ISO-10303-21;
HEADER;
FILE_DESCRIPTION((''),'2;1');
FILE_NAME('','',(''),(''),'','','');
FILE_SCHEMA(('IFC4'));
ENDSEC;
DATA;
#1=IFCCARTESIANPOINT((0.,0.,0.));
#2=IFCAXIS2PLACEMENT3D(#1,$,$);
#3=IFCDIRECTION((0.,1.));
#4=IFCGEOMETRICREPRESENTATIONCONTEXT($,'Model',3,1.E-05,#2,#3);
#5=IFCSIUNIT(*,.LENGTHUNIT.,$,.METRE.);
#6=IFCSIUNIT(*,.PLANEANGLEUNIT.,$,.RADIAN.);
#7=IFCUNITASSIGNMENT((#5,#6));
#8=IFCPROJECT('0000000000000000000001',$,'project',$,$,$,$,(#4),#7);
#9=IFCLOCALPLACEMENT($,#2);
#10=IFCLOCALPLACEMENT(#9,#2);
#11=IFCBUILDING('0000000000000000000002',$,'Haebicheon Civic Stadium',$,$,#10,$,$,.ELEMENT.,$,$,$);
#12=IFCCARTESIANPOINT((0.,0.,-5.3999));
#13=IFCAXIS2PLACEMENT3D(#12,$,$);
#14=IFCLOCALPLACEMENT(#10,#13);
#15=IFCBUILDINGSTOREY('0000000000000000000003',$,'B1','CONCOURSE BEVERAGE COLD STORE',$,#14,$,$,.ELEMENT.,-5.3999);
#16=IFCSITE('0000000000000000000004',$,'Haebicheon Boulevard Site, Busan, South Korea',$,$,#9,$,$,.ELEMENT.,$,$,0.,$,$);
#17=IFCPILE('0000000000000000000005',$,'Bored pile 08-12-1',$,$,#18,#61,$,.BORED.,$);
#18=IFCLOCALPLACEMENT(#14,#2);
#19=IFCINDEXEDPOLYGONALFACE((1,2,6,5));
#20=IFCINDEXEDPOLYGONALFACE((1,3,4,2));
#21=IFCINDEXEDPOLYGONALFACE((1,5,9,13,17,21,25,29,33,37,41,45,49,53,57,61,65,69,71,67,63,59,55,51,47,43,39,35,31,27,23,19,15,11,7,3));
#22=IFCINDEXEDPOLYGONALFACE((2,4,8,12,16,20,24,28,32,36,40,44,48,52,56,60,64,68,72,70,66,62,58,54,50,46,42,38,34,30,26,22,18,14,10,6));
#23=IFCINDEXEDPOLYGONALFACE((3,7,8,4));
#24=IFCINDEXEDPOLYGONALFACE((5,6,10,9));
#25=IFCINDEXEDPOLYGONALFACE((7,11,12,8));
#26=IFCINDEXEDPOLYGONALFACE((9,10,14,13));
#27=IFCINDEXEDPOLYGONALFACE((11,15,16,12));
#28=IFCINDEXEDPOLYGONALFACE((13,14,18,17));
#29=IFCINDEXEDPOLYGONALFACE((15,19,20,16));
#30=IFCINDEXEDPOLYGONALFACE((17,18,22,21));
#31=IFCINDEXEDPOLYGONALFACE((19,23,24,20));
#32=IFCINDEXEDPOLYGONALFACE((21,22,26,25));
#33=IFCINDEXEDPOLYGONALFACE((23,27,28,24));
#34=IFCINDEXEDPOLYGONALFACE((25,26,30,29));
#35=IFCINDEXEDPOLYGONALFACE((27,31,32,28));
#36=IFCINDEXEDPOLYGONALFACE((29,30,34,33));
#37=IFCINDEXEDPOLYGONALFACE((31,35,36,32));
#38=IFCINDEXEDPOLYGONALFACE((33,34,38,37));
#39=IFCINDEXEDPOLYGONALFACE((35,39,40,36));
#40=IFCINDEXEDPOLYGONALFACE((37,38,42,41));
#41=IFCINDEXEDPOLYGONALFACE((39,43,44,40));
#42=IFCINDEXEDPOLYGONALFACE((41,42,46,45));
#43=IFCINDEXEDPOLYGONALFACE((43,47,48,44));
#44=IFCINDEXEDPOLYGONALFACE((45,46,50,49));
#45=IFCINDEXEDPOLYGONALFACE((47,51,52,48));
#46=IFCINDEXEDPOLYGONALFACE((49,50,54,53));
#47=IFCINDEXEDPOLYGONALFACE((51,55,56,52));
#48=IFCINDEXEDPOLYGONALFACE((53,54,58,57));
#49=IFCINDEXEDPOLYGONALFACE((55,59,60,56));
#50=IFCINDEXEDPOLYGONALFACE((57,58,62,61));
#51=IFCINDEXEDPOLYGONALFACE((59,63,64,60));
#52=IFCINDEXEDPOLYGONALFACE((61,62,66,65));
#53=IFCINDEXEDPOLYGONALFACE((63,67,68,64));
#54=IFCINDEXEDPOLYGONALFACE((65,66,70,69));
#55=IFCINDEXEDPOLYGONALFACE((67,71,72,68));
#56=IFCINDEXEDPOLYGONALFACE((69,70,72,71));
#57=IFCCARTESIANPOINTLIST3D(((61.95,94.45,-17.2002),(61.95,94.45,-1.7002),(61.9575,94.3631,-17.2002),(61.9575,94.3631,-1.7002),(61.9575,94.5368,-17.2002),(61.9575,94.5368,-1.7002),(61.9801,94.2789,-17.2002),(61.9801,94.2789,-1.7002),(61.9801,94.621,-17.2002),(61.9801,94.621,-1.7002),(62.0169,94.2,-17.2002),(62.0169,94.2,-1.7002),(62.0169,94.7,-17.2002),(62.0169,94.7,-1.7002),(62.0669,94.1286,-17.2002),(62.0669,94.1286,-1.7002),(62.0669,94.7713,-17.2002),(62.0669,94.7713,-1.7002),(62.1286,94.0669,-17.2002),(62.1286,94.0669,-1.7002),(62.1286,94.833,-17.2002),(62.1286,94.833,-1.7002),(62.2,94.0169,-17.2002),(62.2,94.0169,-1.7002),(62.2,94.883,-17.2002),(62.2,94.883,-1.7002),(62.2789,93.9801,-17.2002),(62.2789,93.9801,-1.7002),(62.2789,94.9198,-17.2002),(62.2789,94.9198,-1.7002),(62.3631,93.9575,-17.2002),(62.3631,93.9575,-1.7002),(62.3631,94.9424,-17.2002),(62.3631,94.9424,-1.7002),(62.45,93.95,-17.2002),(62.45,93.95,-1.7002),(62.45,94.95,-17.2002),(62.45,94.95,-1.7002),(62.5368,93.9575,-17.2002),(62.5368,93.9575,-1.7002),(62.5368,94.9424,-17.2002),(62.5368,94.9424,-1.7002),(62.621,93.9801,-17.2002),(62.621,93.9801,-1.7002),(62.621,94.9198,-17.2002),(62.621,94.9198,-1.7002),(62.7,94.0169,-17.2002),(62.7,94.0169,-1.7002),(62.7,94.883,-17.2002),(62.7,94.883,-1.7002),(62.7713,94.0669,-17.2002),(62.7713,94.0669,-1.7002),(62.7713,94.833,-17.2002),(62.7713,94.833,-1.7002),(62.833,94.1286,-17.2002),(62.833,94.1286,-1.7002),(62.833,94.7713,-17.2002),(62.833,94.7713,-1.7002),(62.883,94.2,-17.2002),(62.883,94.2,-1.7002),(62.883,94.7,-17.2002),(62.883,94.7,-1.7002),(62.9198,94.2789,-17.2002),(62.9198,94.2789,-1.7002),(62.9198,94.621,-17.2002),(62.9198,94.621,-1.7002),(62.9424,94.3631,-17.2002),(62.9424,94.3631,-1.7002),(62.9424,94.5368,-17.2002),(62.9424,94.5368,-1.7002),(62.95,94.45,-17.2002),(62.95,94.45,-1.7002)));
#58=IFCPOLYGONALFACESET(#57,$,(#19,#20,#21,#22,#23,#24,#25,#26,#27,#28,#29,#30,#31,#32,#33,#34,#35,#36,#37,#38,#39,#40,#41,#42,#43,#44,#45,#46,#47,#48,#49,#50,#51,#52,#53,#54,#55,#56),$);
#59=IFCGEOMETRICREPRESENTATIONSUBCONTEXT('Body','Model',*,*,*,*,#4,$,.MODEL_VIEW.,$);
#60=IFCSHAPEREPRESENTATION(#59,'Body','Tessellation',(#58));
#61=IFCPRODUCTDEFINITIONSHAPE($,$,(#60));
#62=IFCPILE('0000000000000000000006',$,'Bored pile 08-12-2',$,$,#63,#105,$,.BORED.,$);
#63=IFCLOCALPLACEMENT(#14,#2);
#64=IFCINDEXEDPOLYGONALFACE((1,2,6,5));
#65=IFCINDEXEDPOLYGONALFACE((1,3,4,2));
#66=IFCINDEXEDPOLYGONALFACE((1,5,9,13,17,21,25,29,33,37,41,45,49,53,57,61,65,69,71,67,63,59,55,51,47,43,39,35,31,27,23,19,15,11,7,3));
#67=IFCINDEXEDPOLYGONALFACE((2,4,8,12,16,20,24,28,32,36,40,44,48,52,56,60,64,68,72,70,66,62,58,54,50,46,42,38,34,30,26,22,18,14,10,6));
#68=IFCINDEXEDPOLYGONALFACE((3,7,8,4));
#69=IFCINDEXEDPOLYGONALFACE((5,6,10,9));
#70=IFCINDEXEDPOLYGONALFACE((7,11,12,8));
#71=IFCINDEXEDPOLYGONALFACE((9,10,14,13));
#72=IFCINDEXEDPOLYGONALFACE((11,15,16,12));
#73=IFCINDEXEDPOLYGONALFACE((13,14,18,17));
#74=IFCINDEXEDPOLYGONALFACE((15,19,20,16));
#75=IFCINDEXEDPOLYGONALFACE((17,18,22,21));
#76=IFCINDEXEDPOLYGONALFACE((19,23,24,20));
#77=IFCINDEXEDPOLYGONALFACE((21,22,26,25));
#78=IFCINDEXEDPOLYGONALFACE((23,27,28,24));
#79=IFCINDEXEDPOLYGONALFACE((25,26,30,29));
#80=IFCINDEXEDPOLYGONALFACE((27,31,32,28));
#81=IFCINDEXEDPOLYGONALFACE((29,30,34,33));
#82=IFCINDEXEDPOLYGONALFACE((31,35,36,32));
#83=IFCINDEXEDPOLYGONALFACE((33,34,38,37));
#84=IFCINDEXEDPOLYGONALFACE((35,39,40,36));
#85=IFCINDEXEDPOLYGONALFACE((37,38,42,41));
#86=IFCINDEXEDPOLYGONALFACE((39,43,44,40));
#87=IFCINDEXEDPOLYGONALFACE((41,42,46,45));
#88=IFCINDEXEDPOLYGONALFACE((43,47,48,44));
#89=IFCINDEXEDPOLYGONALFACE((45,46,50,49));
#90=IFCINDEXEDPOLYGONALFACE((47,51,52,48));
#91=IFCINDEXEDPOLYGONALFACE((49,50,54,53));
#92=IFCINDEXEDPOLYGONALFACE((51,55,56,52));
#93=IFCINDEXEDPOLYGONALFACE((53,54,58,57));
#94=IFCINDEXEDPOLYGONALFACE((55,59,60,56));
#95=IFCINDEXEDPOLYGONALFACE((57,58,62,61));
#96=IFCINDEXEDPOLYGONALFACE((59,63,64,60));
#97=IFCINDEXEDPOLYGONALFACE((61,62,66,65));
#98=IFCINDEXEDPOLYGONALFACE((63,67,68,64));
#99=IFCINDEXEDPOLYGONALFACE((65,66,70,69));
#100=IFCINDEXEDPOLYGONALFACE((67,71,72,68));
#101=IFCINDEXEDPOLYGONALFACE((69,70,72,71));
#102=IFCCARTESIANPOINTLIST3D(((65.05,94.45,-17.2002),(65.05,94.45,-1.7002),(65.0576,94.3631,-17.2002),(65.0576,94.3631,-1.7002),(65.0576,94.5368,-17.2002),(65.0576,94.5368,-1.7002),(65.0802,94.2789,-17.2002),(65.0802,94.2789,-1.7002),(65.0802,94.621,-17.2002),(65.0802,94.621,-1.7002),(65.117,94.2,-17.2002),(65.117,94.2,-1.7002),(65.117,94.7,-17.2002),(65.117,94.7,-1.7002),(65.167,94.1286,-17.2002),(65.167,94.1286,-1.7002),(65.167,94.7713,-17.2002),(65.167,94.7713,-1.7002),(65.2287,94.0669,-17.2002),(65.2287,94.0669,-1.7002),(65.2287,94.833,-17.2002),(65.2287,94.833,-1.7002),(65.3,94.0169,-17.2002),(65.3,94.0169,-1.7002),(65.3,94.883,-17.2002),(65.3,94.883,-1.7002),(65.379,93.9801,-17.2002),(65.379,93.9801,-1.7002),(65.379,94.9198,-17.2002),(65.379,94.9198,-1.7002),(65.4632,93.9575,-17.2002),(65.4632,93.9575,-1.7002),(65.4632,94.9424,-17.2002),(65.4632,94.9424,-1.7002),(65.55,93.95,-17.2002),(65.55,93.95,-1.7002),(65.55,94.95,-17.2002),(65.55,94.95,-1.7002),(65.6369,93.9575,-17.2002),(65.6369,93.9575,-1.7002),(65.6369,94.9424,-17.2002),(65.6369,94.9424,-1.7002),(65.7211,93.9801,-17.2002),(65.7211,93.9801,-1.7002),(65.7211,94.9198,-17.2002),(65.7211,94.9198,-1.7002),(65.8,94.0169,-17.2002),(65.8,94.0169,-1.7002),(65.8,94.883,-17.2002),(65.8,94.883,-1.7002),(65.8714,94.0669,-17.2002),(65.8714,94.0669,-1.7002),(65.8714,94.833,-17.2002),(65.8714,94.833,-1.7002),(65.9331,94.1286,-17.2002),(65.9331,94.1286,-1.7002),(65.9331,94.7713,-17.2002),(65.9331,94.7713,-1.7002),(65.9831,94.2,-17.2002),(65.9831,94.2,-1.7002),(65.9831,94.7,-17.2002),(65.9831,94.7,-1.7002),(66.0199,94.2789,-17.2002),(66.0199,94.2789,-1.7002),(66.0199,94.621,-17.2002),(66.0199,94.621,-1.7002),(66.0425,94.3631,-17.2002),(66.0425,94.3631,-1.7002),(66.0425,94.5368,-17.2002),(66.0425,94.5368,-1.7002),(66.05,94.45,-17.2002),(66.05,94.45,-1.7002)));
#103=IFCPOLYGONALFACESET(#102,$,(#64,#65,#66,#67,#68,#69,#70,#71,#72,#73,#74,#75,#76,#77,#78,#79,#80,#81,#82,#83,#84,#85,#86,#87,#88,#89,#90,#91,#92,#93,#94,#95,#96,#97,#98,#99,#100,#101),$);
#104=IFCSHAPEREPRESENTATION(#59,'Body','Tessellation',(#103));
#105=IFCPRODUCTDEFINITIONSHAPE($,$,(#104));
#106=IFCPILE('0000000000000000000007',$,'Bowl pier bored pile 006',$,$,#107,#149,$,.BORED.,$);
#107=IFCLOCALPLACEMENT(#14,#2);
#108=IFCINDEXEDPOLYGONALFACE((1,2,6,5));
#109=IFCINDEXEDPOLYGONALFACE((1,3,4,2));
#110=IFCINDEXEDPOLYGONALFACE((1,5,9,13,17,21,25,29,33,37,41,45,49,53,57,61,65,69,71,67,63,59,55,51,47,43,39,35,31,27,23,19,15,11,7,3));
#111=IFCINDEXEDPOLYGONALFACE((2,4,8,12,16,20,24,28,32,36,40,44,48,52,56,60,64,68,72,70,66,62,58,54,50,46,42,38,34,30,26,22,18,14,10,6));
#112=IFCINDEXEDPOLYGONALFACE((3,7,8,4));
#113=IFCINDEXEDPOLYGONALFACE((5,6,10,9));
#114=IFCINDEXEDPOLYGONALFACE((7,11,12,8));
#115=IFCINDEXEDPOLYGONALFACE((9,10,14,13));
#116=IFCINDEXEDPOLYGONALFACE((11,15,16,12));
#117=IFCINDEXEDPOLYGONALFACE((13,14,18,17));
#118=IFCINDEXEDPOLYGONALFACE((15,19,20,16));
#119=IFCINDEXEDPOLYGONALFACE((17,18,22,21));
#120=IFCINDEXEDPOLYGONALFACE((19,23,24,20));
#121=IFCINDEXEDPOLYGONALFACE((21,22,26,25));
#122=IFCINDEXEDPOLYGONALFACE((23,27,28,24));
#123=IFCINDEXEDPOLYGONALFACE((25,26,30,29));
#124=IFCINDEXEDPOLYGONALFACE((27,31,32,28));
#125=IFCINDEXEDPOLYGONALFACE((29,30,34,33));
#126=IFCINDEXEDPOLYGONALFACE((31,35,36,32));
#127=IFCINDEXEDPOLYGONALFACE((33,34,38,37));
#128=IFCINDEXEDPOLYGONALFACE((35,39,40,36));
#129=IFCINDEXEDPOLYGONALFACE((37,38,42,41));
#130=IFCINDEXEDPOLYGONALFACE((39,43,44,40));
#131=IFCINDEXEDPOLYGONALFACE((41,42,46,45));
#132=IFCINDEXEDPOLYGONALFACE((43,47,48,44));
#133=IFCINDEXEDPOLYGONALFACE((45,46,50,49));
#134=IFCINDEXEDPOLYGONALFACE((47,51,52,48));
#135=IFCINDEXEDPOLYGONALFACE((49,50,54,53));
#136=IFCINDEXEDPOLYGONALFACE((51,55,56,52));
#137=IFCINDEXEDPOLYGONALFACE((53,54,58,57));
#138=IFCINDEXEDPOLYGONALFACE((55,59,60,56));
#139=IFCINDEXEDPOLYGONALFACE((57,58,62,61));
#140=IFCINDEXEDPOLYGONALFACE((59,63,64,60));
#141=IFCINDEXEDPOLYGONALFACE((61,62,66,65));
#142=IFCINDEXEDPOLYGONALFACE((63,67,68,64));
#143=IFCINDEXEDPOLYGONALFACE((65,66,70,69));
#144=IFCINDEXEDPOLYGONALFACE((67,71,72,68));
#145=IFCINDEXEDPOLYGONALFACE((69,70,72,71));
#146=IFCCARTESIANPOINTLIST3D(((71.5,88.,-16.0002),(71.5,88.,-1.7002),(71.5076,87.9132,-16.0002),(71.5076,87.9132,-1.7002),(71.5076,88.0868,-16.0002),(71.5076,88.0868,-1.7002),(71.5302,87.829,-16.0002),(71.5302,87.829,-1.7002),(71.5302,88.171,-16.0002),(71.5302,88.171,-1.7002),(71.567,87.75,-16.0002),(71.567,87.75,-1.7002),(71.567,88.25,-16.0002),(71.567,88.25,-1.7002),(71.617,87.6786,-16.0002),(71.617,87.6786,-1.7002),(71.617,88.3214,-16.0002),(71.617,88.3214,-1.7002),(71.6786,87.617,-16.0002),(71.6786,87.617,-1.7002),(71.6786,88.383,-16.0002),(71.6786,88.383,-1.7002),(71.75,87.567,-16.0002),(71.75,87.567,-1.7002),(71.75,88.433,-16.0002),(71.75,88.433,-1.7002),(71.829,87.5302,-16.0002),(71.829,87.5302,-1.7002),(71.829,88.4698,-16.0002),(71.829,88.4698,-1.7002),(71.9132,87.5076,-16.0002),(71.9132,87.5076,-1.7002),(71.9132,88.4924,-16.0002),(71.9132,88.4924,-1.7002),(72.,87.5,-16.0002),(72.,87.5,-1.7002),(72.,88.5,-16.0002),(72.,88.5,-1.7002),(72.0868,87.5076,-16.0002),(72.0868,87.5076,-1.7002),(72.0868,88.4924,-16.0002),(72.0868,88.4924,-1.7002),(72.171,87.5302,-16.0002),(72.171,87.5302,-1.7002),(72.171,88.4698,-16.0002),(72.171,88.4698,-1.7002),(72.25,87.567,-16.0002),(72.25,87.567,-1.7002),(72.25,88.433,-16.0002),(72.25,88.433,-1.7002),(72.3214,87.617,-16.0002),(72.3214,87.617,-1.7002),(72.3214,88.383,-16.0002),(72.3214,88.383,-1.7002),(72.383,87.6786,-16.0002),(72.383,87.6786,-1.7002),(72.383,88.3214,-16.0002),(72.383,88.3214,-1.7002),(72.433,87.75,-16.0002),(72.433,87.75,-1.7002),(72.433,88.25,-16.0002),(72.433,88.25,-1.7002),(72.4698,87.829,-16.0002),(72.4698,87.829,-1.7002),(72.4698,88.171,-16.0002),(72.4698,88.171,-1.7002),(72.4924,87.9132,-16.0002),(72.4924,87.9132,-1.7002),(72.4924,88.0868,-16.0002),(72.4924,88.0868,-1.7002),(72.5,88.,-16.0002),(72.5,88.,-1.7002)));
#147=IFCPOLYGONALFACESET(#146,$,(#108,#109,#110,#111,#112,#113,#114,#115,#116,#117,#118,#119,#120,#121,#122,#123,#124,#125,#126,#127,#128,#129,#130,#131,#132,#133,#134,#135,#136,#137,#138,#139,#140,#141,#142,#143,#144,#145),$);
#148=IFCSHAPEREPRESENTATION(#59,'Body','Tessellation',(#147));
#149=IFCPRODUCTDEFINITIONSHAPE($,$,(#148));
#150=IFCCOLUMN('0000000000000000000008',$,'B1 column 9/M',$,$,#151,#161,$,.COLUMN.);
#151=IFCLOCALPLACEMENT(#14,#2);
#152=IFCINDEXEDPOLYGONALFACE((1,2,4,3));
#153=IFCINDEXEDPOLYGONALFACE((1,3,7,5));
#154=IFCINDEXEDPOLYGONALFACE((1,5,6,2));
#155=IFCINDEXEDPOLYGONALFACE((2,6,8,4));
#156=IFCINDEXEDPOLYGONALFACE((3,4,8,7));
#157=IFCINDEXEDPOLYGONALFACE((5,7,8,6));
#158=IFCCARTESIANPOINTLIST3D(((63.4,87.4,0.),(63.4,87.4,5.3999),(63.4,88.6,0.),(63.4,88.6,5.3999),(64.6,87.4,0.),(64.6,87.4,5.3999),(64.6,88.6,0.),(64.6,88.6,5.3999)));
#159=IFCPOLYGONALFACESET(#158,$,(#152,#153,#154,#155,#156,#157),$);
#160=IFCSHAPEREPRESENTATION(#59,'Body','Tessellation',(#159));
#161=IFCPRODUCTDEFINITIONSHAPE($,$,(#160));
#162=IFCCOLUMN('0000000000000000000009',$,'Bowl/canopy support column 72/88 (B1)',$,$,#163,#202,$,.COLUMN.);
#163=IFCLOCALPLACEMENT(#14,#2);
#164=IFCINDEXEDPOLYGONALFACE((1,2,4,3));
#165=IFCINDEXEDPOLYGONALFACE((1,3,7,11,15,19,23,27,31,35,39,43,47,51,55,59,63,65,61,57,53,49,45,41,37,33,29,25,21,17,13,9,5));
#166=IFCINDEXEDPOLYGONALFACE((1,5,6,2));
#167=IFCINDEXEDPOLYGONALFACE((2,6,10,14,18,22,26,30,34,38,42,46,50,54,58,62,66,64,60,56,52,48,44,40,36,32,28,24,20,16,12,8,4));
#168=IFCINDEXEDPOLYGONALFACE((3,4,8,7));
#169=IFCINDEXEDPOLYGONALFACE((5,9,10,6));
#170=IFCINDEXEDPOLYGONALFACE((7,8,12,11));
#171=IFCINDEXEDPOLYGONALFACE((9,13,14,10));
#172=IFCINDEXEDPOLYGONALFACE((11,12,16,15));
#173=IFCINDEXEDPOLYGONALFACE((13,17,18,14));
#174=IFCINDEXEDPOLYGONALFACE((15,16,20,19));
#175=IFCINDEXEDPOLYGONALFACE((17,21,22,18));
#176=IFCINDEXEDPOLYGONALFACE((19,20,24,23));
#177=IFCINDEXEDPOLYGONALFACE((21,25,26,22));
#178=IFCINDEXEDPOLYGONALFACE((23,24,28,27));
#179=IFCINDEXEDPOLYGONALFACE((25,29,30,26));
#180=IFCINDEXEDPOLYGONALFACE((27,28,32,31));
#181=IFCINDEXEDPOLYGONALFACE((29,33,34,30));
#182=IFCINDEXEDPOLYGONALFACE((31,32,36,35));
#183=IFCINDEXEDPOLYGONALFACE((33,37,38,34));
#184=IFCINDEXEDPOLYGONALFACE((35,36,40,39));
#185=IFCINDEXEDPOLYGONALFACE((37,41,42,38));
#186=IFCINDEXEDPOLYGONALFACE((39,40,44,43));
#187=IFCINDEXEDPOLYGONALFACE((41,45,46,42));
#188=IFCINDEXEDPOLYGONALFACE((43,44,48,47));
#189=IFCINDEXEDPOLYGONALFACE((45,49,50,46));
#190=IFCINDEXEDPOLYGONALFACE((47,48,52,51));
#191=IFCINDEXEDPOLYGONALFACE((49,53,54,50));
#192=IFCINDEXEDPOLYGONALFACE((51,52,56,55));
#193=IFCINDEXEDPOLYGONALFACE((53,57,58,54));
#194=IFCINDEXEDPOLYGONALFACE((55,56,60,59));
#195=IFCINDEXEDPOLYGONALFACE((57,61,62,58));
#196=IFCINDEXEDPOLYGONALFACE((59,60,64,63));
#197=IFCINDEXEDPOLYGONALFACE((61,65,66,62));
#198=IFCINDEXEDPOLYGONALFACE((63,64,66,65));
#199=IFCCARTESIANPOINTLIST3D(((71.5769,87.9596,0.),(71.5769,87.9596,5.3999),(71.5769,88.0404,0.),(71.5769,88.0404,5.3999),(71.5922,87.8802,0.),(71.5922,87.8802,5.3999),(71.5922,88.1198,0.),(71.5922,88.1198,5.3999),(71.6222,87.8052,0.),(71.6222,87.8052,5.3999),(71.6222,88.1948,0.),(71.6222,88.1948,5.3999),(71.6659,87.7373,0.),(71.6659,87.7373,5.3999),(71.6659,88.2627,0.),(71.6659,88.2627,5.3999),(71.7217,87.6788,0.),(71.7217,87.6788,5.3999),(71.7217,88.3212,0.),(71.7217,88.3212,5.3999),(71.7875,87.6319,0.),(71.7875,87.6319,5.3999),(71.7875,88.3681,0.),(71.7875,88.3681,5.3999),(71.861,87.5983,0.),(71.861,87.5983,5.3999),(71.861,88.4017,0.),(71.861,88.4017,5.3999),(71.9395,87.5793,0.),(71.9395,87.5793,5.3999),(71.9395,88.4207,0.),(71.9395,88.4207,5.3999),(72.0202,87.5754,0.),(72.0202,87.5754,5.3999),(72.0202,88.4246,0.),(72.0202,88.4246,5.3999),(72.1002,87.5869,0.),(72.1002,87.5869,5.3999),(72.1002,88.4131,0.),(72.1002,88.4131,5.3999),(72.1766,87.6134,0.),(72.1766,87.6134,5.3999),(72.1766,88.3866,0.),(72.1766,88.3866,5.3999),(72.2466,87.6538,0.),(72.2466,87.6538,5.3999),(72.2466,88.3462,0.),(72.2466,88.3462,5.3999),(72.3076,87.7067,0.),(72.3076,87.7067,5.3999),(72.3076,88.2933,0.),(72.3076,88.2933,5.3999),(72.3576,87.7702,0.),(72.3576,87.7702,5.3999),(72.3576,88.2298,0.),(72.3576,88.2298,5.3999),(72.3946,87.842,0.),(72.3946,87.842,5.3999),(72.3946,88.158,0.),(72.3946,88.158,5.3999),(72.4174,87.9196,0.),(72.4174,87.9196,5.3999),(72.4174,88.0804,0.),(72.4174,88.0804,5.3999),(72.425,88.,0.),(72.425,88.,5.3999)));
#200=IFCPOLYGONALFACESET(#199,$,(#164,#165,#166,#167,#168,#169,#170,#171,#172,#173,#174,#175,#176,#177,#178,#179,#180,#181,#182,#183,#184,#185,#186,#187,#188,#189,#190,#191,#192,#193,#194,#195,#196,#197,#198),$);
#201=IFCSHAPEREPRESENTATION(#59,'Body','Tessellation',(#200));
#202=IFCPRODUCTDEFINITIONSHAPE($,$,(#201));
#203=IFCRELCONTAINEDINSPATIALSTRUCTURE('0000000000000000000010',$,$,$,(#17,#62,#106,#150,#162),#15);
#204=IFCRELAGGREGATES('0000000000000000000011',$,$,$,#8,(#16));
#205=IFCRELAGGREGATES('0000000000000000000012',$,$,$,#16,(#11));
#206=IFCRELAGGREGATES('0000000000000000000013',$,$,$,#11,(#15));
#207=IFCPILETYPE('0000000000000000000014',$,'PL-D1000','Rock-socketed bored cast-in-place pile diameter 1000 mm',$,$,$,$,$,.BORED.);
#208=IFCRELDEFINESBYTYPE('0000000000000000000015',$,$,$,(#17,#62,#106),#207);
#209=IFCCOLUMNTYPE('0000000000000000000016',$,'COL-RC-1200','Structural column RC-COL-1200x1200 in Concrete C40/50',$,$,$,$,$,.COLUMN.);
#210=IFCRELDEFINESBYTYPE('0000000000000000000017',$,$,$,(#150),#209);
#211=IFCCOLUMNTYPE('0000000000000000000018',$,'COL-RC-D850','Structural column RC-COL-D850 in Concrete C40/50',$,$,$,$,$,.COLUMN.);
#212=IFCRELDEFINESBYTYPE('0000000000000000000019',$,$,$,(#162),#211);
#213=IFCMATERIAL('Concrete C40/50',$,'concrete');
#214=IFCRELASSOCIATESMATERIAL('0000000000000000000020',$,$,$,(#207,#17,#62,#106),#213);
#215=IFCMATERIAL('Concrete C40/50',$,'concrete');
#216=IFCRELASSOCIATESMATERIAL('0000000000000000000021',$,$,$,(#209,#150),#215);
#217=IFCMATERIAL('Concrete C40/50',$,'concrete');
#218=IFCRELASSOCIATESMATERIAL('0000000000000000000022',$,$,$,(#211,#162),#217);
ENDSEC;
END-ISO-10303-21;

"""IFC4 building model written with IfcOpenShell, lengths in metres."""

from ifc_helpers import new_model, si_unit, direction, frame, origin, origin_2d, place, context, subcontext, project, spatial, rectangle, circle, extrude, material, material_profile, profile_set, type_object, element, save


model = new_model("IFC4")

# Units and contexts
model_context = context("Model", 3, precision=1e-05, world=origin(), true_north=direction((0.0, 1.0)))
body_context = subcontext(model_context, "Body", "Model", "MODEL_VIEW")
ifc_project = project(units=[si_unit("LENGTHUNIT", "METRE"), si_unit("PLANEANGLEUNIT", "RADIAN")], contexts=[model_context])

# Site, building, storey
site_placement = place(None, origin())
site = spatial("IfcSite", under=ifc_project, at=site_placement, Name="Haebicheon Boulevard Site, Busan, South Korea", CompositionType="ELEMENT", RefElevation=0.0)
building_placement = place(site_placement, origin())
building = spatial("IfcBuilding", under=site, at=building_placement, Name="Haebicheon Civic Stadium", CompositionType="ELEMENT")
storey_placement = place(building_placement, frame((0.0, 0.0, -5.3999)))
storey = spatial("IfcBuildingStorey", under=building, at=storey_placement, Name="B1", Description="CONCOURSE BEVERAGE COLD STORE", CompositionType="ELEMENT", Elevation=-5.3999)

# Piles
ifc_material_1 = material(Name="Concrete C40/50", Category="concrete")
ifc_material_profile_1 = material_profile(ifc_material_1, circle(Radius=0.5, at=origin_2d()), Name="PILE-D1000")
ifc_profile_set_1 = profile_set([ifc_material_profile_1], Name="Concrete C40/50")
pile_type = type_object("IfcPileType", Name="PL-D1000", Description="Rock-socketed bored cast-in-place pile diameter 1000 mm", PredefinedType="BORED", material=ifc_profile_set_1)
for number, where, z_axis, x_axis, name in (
    (1, (62.45, 94.45, -1.7002), (0.0, 0.0, -1.0), (1.0, 0.0, 0.0), "Bored pile 08-12-1"),
    (2, (65.55, 94.45, -1.7002), (0.0, 0.0, -1.0), (1.0, 0.0, 0.0), "Bored pile 08-12-2"),
):
    element("IfcPile", number, at=place(storey_placement, frame(where, z_axis=z_axis, x_axis=x_axis)), inside=storey, type_object=pile_type, material=ifc_profile_set_1, Name=name, PredefinedType="BORED", context=body_context, shape_type="SweptSolid", body=[
        extrude(circle(Radius=0.5, at=origin_2d()), origin(), (0.0, 0.0, 1.0), 15.5),
    ])
pile_placement = place(storey_placement, frame((72.0, 88.0, -1.7002), z_axis=(0.0, 0.0, -1.0), x_axis=(1.0, 0.0, 0.0)))
element("IfcPile", 3, at=pile_placement, inside=storey, type_object=pile_type, material=ifc_profile_set_1, Name="Bowl pier bored pile 006", PredefinedType="BORED", context=body_context, shape_type="SweptSolid", body=[
    extrude(circle(Radius=0.5, at=origin_2d()), origin(), (0.0, 0.0, 1.0), 14.3),
])

# Columns
ifc_material_2 = material(Name="Concrete C40/50", Category="concrete")
ifc_material_profile_2 = material_profile(ifc_material_2, rectangle(XDim=1.2, YDim=1.2, at=origin_2d()), Name="RC-COL-1200x1200")
ifc_profile_set_2 = profile_set([ifc_material_profile_2], Name="Concrete C40/50")
column_type_1 = type_object("IfcColumnType", Name="COL-RC-1200", Description="Structural column RC-COL-1200x1200 in Concrete C40/50", PredefinedType="COLUMN", material=ifc_profile_set_2)
column_1_placement = place(storey_placement, frame((64.0, 88.0, 0.0), z_axis=(0.0, 0.0, 1.0), x_axis=(1.0, 0.0, 0.0)))
element("IfcColumn", 4, at=column_1_placement, inside=storey, type_object=column_type_1, material=ifc_profile_set_2, Name="B1 column 9/M", PredefinedType="COLUMN", context=body_context, shape_type="SweptSolid", body=[
    extrude(rectangle(XDim=1.2, YDim=1.2, at=origin_2d()), origin(), (0.0, 0.0, 1.0), 5.3999),
])
ifc_material_3 = material(Name="Concrete C40/50", Category="concrete")
ifc_material_profile_3 = material_profile(ifc_material_3, circle(Radius=0.425, at=origin_2d()), Name="RC-COL-D850")
ifc_profile_set_3 = profile_set([ifc_material_profile_3], Name="Concrete C40/50")
column_type_2 = type_object("IfcColumnType", Name="COL-RC-D850", Description="Structural column RC-COL-D850 in Concrete C40/50", PredefinedType="COLUMN", material=ifc_profile_set_3)
column_2_placement = place(storey_placement, frame((72.0, 88.0, 0.0), z_axis=(0.0, 0.0, 1.0), x_axis=(1.0, 0.0, 0.0)))
element("IfcColumn", 5, at=column_2_placement, inside=storey, type_object=column_type_2, material=ifc_profile_set_3, Name="Bowl/canopy support column 72/88 (B1)", PredefinedType="COLUMN", context=body_context, shape_type="SweptSolid", body=[
    extrude(circle(Radius=0.425, at=origin_2d()), origin(), (0.0, 0.0, 1.0), 5.3999),
])

save(model, "model.ifc")
